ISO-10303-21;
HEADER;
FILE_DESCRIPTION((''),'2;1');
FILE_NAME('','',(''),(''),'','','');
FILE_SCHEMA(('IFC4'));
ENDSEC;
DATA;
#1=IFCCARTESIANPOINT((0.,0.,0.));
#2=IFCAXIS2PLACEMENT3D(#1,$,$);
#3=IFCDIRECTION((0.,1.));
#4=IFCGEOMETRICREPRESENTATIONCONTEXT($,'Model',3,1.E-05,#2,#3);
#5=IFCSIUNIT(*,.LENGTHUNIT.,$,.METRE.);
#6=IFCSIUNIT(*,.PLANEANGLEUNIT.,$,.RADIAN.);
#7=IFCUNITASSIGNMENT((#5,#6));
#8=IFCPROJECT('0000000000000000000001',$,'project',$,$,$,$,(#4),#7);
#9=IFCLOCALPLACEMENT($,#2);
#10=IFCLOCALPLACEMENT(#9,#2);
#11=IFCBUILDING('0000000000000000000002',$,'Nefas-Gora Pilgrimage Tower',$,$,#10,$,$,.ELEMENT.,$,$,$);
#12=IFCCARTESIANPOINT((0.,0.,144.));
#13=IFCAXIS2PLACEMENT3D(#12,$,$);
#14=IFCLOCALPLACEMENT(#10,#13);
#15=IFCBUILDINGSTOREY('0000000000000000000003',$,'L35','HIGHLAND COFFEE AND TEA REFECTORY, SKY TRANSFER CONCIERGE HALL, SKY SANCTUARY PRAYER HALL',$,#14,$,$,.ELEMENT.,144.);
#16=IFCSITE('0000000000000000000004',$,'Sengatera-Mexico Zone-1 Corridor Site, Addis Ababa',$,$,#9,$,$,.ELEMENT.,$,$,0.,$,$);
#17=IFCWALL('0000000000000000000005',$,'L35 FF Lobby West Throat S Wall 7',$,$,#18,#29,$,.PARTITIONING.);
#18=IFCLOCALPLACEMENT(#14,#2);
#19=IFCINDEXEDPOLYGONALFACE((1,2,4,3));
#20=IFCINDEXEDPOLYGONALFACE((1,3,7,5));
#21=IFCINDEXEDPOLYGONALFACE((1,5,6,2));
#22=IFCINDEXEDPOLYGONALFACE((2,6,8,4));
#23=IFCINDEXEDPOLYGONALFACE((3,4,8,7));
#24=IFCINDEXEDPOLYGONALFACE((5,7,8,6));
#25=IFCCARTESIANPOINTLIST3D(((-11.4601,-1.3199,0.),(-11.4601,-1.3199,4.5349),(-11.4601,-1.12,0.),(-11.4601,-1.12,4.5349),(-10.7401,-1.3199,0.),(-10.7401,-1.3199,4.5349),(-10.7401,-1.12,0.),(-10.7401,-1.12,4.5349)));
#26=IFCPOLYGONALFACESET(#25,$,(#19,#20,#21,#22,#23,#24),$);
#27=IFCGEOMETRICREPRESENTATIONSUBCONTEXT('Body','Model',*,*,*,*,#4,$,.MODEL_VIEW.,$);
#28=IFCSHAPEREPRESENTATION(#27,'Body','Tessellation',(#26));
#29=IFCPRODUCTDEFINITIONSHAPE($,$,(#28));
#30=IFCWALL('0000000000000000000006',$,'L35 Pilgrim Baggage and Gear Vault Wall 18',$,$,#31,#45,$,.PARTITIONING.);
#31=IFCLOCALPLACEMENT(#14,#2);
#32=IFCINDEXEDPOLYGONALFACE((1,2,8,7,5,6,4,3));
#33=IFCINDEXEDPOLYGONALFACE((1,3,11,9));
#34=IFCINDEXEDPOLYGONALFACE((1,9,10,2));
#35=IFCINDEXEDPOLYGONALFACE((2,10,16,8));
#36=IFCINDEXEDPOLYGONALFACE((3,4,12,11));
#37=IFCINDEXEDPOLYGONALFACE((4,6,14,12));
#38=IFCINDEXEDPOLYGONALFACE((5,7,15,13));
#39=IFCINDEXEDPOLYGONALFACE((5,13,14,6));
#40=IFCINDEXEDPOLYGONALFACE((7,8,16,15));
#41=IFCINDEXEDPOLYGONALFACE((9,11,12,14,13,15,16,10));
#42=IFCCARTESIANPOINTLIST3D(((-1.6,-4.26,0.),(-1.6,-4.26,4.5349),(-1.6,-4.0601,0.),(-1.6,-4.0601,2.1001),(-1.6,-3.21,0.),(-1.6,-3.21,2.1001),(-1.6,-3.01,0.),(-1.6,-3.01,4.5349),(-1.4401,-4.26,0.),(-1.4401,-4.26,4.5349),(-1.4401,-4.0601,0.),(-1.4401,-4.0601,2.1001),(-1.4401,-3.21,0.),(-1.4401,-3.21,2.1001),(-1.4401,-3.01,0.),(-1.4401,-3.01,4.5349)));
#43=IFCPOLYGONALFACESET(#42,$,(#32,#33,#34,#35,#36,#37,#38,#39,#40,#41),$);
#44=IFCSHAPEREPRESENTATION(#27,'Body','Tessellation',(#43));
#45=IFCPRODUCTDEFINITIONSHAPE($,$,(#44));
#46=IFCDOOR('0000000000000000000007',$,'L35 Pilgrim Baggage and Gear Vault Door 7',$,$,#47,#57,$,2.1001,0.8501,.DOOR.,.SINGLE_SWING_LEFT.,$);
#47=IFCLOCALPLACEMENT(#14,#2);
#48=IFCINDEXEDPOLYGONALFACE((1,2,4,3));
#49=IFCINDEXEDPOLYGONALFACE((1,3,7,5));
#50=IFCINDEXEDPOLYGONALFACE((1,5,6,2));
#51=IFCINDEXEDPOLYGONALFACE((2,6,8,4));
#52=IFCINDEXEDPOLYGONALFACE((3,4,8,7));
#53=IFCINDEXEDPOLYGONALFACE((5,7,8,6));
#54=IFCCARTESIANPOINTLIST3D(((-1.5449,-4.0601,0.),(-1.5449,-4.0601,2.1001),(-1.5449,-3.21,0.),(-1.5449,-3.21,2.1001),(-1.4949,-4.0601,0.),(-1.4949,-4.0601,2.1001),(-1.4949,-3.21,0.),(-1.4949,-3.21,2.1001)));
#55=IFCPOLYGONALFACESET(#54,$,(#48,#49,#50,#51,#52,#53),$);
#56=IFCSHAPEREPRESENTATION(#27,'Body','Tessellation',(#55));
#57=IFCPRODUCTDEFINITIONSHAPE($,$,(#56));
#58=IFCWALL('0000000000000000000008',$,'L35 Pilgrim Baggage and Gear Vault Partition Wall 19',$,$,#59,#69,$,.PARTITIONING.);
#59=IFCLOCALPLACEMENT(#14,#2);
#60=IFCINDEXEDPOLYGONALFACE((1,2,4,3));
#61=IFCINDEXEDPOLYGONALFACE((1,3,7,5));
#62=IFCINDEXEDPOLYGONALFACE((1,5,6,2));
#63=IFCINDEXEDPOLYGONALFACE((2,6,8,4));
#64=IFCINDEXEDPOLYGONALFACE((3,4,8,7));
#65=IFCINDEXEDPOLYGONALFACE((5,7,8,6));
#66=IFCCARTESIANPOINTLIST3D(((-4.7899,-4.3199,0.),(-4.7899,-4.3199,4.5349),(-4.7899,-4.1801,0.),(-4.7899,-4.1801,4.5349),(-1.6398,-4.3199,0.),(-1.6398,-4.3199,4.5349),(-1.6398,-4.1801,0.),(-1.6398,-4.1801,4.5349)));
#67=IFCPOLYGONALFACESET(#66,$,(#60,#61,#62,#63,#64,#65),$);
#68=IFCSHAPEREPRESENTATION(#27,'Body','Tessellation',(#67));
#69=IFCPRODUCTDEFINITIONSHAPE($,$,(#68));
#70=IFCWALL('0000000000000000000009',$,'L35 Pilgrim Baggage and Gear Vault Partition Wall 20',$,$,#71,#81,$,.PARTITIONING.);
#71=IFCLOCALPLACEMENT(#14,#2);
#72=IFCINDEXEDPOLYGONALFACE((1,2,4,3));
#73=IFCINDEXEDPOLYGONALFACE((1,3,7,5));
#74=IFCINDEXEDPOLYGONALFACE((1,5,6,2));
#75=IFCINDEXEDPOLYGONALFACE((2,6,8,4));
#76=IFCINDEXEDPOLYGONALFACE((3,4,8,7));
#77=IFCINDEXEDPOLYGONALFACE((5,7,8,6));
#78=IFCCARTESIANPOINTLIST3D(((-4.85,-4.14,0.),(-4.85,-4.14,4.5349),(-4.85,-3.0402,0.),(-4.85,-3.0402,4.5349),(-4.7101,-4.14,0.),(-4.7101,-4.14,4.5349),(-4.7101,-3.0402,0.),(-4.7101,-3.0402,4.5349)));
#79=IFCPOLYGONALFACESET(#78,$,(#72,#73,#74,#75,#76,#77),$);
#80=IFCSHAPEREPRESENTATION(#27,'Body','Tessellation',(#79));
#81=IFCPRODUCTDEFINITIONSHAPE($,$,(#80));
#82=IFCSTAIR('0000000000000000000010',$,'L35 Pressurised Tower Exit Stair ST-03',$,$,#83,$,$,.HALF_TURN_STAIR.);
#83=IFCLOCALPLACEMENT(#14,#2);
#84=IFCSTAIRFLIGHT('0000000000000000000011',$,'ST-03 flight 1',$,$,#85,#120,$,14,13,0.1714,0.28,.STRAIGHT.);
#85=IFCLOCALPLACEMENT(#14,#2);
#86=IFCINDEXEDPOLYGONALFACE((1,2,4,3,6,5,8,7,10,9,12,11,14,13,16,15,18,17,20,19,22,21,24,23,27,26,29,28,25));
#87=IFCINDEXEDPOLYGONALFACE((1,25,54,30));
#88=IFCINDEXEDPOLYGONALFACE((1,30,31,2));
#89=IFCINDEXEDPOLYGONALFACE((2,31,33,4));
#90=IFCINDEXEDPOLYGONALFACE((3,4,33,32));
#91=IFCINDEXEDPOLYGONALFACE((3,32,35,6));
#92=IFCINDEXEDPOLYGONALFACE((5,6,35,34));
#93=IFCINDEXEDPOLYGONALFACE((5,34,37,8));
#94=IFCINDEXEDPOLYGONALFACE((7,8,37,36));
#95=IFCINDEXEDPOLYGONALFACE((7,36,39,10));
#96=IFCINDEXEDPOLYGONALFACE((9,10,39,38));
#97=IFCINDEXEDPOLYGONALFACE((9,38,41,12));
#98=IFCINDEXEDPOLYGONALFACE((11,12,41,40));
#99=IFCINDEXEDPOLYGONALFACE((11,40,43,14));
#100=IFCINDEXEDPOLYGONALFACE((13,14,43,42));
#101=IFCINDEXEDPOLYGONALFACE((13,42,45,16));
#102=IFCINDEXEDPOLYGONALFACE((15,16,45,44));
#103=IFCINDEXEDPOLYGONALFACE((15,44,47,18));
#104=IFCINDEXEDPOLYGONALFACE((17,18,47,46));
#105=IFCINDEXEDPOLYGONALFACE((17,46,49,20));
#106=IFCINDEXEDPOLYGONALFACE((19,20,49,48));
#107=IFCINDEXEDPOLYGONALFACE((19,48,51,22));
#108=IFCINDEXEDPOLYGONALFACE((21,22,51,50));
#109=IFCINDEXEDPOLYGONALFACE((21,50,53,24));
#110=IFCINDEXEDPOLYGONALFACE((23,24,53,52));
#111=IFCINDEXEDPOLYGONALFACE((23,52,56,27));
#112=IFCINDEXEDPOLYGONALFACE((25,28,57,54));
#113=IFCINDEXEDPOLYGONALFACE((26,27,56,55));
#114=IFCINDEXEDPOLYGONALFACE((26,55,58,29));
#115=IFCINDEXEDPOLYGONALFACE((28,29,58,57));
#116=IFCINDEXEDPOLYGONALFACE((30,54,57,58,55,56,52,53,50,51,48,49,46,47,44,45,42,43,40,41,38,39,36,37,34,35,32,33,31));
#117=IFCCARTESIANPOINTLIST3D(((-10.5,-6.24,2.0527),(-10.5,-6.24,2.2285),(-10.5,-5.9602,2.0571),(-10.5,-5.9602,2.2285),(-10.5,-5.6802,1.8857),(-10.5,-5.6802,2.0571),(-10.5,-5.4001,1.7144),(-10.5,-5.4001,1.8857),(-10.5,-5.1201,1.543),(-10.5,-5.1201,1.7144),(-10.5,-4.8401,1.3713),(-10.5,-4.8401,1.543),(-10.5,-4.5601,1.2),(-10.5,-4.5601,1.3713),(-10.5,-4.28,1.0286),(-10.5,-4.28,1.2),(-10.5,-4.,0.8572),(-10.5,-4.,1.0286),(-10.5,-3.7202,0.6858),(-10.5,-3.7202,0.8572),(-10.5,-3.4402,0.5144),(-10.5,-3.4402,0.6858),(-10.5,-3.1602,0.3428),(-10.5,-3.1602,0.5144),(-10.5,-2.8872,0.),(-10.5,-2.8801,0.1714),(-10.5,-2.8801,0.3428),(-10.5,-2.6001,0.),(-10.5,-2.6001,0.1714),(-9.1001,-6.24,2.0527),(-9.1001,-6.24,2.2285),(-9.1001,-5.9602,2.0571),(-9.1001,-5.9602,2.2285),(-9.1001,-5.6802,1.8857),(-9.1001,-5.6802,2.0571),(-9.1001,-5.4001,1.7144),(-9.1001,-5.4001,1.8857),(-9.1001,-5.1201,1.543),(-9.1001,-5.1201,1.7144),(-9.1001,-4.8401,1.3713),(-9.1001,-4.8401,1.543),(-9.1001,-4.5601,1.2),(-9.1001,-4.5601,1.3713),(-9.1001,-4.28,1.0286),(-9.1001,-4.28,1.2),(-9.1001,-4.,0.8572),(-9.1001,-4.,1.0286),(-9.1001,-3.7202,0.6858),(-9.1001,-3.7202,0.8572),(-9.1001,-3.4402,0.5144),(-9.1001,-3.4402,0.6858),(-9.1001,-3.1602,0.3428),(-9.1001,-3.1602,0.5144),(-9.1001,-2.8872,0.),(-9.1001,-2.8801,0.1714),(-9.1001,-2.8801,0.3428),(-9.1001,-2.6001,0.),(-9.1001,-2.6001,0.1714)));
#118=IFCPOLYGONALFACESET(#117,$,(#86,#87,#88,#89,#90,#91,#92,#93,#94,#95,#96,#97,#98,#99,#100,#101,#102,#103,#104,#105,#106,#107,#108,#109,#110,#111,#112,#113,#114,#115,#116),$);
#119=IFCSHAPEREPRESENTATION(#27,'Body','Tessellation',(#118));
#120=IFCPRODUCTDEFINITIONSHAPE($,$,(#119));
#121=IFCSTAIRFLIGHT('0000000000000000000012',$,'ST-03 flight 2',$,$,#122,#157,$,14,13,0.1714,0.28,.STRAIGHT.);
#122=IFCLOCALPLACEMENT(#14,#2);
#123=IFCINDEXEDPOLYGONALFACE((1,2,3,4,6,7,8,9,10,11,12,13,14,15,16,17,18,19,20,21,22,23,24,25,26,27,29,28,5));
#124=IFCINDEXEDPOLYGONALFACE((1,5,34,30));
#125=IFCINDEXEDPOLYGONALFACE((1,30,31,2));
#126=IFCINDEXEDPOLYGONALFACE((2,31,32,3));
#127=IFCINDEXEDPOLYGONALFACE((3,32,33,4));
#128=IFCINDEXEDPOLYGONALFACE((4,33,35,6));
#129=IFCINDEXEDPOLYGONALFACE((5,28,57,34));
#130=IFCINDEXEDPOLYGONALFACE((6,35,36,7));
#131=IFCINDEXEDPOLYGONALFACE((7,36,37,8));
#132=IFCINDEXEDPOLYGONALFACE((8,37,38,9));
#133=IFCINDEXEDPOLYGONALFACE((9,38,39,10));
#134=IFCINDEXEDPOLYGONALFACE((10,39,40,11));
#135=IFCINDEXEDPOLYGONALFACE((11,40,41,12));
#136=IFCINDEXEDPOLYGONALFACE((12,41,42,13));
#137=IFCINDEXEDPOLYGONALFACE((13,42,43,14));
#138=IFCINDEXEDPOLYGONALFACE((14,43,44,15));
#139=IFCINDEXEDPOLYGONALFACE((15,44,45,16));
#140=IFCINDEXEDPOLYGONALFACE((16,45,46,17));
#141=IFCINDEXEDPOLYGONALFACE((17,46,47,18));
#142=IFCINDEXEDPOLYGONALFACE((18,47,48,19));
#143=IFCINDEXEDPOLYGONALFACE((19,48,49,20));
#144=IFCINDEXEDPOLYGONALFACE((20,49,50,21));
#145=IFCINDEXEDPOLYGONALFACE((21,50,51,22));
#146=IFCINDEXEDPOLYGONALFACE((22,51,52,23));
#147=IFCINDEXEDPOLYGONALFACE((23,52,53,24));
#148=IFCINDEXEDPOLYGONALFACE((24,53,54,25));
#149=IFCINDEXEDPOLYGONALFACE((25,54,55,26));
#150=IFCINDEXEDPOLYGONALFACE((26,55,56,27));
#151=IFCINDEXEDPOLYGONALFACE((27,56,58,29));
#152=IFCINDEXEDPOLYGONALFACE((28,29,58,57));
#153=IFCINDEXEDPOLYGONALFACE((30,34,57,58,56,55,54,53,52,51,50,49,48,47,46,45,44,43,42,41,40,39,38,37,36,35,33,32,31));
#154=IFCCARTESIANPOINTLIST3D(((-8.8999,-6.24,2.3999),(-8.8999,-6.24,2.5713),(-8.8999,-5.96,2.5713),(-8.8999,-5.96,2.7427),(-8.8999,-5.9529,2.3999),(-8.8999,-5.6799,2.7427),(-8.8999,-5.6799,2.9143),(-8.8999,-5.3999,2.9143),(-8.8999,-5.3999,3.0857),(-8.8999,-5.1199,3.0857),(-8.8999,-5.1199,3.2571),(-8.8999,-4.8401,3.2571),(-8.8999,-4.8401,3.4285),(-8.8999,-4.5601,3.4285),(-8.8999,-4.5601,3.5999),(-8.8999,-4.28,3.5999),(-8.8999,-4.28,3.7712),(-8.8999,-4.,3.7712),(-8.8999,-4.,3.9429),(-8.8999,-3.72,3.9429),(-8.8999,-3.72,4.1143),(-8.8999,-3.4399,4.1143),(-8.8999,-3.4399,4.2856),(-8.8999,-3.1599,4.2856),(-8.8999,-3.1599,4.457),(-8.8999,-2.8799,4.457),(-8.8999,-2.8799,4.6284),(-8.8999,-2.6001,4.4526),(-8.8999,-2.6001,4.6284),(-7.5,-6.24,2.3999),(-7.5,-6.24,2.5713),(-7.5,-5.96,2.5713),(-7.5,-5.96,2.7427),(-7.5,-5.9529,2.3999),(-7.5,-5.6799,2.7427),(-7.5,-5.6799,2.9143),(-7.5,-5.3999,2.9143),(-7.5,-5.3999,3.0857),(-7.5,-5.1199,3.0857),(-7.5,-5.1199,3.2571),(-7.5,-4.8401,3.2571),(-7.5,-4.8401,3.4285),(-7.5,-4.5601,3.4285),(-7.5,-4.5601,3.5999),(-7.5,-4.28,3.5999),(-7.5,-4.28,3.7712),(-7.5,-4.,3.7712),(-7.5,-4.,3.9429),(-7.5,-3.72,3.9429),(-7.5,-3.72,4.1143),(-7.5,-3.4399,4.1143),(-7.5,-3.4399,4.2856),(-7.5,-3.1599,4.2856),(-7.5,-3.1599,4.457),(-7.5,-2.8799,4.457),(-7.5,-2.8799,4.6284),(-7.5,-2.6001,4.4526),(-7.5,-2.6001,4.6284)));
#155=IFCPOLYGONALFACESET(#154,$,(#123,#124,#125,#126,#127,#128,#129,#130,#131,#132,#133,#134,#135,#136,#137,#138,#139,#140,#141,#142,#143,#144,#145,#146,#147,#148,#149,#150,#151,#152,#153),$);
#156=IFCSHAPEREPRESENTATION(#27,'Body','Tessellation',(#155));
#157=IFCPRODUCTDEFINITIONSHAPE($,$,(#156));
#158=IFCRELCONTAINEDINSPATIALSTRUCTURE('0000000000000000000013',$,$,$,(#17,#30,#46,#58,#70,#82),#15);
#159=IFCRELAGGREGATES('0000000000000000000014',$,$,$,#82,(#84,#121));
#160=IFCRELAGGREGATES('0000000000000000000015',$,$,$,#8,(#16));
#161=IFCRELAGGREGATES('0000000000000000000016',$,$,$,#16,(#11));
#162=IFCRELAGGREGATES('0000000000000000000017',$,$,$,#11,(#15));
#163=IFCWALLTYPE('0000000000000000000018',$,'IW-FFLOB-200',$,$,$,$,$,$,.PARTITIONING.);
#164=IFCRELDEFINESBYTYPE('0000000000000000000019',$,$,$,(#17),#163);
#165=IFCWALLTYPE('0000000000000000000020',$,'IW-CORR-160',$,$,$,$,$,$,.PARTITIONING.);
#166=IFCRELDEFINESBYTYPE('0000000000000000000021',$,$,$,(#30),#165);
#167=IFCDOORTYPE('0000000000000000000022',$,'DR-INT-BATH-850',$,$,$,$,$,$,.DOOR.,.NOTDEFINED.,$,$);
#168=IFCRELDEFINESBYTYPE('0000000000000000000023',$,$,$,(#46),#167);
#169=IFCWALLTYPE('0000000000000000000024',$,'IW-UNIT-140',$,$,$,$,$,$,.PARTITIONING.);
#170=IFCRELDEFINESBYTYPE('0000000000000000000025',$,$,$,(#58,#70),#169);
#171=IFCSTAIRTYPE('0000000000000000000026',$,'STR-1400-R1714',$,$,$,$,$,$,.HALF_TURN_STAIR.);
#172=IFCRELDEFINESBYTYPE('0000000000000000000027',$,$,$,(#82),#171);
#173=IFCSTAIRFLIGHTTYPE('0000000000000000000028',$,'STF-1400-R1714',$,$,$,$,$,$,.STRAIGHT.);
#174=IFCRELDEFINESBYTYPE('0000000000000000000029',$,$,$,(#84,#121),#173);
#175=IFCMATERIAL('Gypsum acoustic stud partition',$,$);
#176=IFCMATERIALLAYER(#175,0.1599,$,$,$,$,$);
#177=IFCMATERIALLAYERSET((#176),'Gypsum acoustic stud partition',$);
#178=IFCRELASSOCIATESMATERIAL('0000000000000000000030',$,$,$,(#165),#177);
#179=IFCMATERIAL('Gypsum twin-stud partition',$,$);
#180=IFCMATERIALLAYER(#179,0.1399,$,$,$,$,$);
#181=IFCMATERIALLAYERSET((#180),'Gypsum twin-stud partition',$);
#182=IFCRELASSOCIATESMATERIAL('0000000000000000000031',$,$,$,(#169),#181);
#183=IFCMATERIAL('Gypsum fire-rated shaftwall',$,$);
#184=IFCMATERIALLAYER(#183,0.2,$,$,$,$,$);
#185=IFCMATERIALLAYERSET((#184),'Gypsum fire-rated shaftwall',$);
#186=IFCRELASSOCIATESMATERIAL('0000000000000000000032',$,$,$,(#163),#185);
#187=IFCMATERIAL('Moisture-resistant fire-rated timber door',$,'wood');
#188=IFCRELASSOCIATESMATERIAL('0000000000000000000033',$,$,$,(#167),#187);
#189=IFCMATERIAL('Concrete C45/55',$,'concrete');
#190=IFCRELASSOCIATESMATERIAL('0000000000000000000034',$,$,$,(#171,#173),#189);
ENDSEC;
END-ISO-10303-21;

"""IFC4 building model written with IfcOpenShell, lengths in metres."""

from ifc_helpers import new_model, si_unit, direction, frame, frame_2d, origin, place, context, subcontext, project, spatial, polyline, rectangle, outline, extrude, source, transform, mapped, material, layer, layer_set, type_object, element, fill, aggregate, save


model = new_model("IFC4")

# Units and contexts
model_context = context("Model", 3, precision=1e-05, world=origin(), true_north=direction((0.0, 1.0)))
body_context = subcontext(model_context, "Body", "Model", "MODEL_VIEW")
ifc_project = project(units=[si_unit("LENGTHUNIT", "METRE"), si_unit("PLANEANGLEUNIT", "RADIAN")], contexts=[model_context])

# Site, building, storey
site_placement = place(None, origin())
site = spatial("IfcSite", under=ifc_project, at=site_placement, Name="Sengatera-Mexico Zone-1 Corridor Site, Addis Ababa", CompositionType="ELEMENT", RefElevation=0.0)
building_placement = place(site_placement, origin())
building = spatial("IfcBuilding", under=site, at=building_placement, Name="Nefas-Gora Pilgrimage Tower", CompositionType="ELEMENT")
storey_placement = place(building_placement, frame((0.0, 0.0, 144.0)))
storey = spatial("IfcBuildingStorey", under=building, at=storey_placement, Name="L35", Description="HIGHLAND COFFEE AND TEA REFECTORY, SKY TRANSFER CONCIERGE HALL, SKY SANCTUARY PRAYER HALL", CompositionType="ELEMENT", Elevation=144.0)

# Shared definitions
ifc_material_1 = material(Name="Concrete C45/55", Category="concrete")

# Wall
ifc_material_2 = material(Name="Gypsum acoustic stud partition")
ifc_layer_1 = layer(ifc_material_2, 0.1599)
ifc_layer_set_1 = layer_set([ifc_layer_1], Name="Gypsum acoustic stud partition")
wall_type_1 = type_object("IfcWallType", Name="IW-CORR-160", PredefinedType="PARTITIONING", material=ifc_layer_set_1)
ifc_material_3 = material(Name="Gypsum twin-stud partition")
ifc_layer_2 = layer(ifc_material_3, 0.1399)
ifc_layer_set_2 = layer_set([ifc_layer_2], Name="Gypsum twin-stud partition")
wall_type_2 = type_object("IfcWallType", Name="IW-UNIT-140", PredefinedType="PARTITIONING", material=ifc_layer_set_2)
ifc_material_4 = material(Name="Gypsum fire-rated shaftwall")
ifc_layer_3 = layer(ifc_material_4, 0.2)
ifc_layer_set_3 = layer_set([ifc_layer_3], Name="Gypsum fire-rated shaftwall")
wall_type_3 = type_object("IfcWallType", Name="IW-FFLOB-200", PredefinedType="PARTITIONING", material=ifc_layer_set_3)
shared_shape_1 = source(origin(), body_context, "Body", "SweptSolid", [
    extrude(rectangle(XDim=0.72, YDim=0.2, at=frame_2d((0.3599, 0.0))), origin(), (0.0, 0.0, 1.0), 4.5349),
])
wall_1_placement = place(storey_placement, frame((-11.46, -1.22, 0.0), z_axis=(0.0, 0.0, 1.0), x_axis=(1.0, 0.0, 0.0)))
element("IfcWall", 1, at=wall_1_placement, inside=storey, type_object=wall_type_3, Name="L35 FF Lobby West Throat S Wall 7", PredefinedType="PARTITIONING", context=body_context, shape_type="MappedRepresentation", body=[
    mapped(shared_shape_1, transform((0.0, 0.0, 0.0), x_axis=(1.0, 0.0, 0.0), y_axis=(0.0, 1.0, 0.0), z_axis=(0.0, 0.0, 1.0), scale=1.0)),
])

# Wall, opening, door
shared_shape_2 = source(origin(), body_context, "Body", "SweptSolid", [
    extrude(rectangle(XDim=1.25, YDim=0.1599, at=frame_2d((0.625, 0.0))), origin(), (0.0, 0.0, 1.0), 4.5349),
])
wall_2_placement = place(storey_placement, frame((-1.52, -4.26, 0.0), z_axis=(0.0, 0.0, 1.0), x_axis=(0.0, 1.0, 0.0)))
wall_2 = element("IfcWall", 2, at=wall_2_placement, inside=storey, type_object=wall_type_1, Name="L35 Pilgrim Baggage and Gear Vault Wall 18", PredefinedType="PARTITIONING", context=body_context, shape_type="MappedRepresentation", body=[
    mapped(shared_shape_2, transform((0.0, 0.0, 0.0), x_axis=(1.0, 0.0, 0.0), y_axis=(0.0, 1.0, 0.0), z_axis=(0.0, 0.0, 1.0), scale=1.0)),
])
opening_1_placement = place(wall_2_placement, frame((0.2, 0.0, 0.0)))
opening_1 = element("IfcOpeningElement", 3, at=opening_1_placement, cuts=wall_2, PredefinedType="OPENING", context=body_context, shape_type="SweptSolid", body=[
    extrude(rectangle(XDim=0.8501, YDim=2.1001, at=frame_2d((0.425, 1.05))), frame((0.0, 0.0898, 0.0), z_axis=(0.0, -1.0, 0.0), x_axis=(1.0, 0.0, 0.0)), (0.0, 0.0, 1.0), 0.1799),
])
ifc_material_5 = material(Name="Moisture-resistant fire-rated timber door", Category="wood")
door_type_1 = type_object("IfcDoorType", Name="DR-INT-BATH-850", OperationType="NOTDEFINED", PredefinedType="DOOR", material=ifc_material_5)
shared_shape_3 = source(origin(), body_context, "Body", "SweptSolid", [
    extrude(rectangle(XDim=0.8501, YDim=2.1001, at=frame_2d((0.425, 1.05))), frame((0.0, 0.0249, 0.0), z_axis=(0.0, -1.0, 0.0), x_axis=(1.0, 0.0, 0.0)), (0.0, 0.0, 1.0), 0.05),
])
door_1_placement = place(opening_1_placement, origin())
door_1 = element("IfcDoor", 4, at=door_1_placement, inside=storey, type_object=door_type_1, Name="L35 Pilgrim Baggage and Gear Vault Door 7", OperationType="SINGLE_SWING_LEFT", OverallHeight=2.1001, OverallWidth=0.8501, PredefinedType="DOOR", context=body_context, shape_type="MappedRepresentation", body=[
    mapped(shared_shape_3, transform((0.0, 0.0, 0.0), x_axis=(1.0, 0.0, 0.0), y_axis=(0.0, 1.0, 0.0), z_axis=(0.0, 0.0, 1.0), scale=1.0)),
])
fill(opening_1, door_1)

# Walls
shared_shape_4 = source(origin(), body_context, "Body", "SweptSolid", [
    extrude(rectangle(XDim=3.1501, YDim=0.1399, at=frame_2d((1.5752, 0.0))), origin(), (0.0, 0.0, 1.0), 4.5349),
])
wall_3_placement = place(storey_placement, frame((-4.79, -4.25, 0.0), z_axis=(0.0, 0.0, 1.0), x_axis=(1.0, 0.0, 0.0)))
element("IfcWall", 5, at=wall_3_placement, inside=storey, type_object=wall_type_2, Name="L35 Pilgrim Baggage and Gear Vault Partition Wall 19", PredefinedType="PARTITIONING", context=body_context, shape_type="MappedRepresentation", body=[
    mapped(shared_shape_4, transform((0.0, 0.0, 0.0), x_axis=(1.0, 0.0, 0.0), y_axis=(0.0, 1.0, 0.0), z_axis=(0.0, 0.0, 1.0), scale=1.0)),
])
shared_shape_5 = source(origin(), body_context, "Body", "SweptSolid", [
    extrude(rectangle(XDim=1.0999, YDim=0.1399, at=frame_2d((0.5498, 0.0))), origin(), (0.0, 0.0, 1.0), 4.5349),
])
wall_4_placement = place(storey_placement, frame((-4.78, -4.1399, 0.0), z_axis=(0.0, 0.0, 1.0), x_axis=(0.0, 1.0, 0.0)))
element("IfcWall", 6, at=wall_4_placement, inside=storey, type_object=wall_type_2, Name="L35 Pilgrim Baggage and Gear Vault Partition Wall 20", PredefinedType="PARTITIONING", context=body_context, shape_type="MappedRepresentation", body=[
    mapped(shared_shape_5, transform((0.0, 0.0, 0.0), x_axis=(1.0, 0.0, 0.0), y_axis=(0.0, 1.0, 0.0), z_axis=(0.0, 0.0, 1.0), scale=1.0)),
])

# Stair, stair flights
stair_type = type_object("IfcStairType", Name="STR-1400-R1714", PredefinedType="HALF_TURN_STAIR", material=ifc_material_1)
stair_placement = place(storey_placement, origin())
stair = element("IfcStair", 7, at=stair_placement, inside=storey, type_object=stair_type, Name="L35 Pressurised Tower Exit Stair ST-03", PredefinedType="HALF_TURN_STAIR")
stair_flight_type = type_object("IfcStairFlightType", Name="STF-1400-R1714", PredefinedType="STRAIGHT", material=ifc_material_1)
shared_shape_6 = source(origin(), body_context, "Body", "SweptSolid", [
    extrude(outline(polyline([(0.0, 0.0), (0.0, 0.1714), (0.28, 0.1714), (0.28, 0.3428), (0.5601, 0.3428), (0.5601, 0.5144), (0.8401, 0.5144), (0.8401, 0.6858), (1.1201, 0.6858), (1.1201, 0.8572), (1.3999, 0.8572), (1.3999, 1.0286), (1.6799, 1.0286), (1.6799, 1.2), (1.96, 1.2), (1.96, 1.3713), (2.24, 1.3713), (2.24, 1.543), (2.52, 1.543), (2.52, 1.7144), (2.8, 1.7144), (2.8, 1.8857), (3.0801, 1.8857), (3.0801, 2.0571), (3.3601, 2.0571), (3.3601, 2.2285), (3.6399, 2.2285), (3.6399, 2.3999), (3.6399, 2.0527), (0.2871, 0.0), (0.0, 0.0)])), frame((0.0, 0.7, 0.0), z_axis=(0.0, -1.0, 0.0), x_axis=(1.0, 0.0, 0.0)), (0.0, 0.0, 1.0), 1.3999),
])
stair_flight_1_placement = place(storey_placement, frame((-9.8, -2.6001, 0.0), z_axis=(0.0, 0.0, 1.0), x_axis=(0.0, -1.0, 0.0)))
stair_flight_1 = element("IfcStairFlight", 8, at=stair_flight_1_placement, type_object=stair_flight_type, Name="ST-03 flight 1", NumberOfRisers=14, NumberOfTreads=13, PredefinedType="STRAIGHT", RiserHeight=0.1714, TreadLength=0.28, context=body_context, shape_type="MappedRepresentation", body=[
    mapped(shared_shape_6, transform((0.0, 0.0, 0.0), x_axis=(1.0, 0.0, 0.0), y_axis=(0.0, 1.0, 0.0), z_axis=(0.0, 0.0, 1.0), scale=1.0)),
])
stair_flight_2_placement = place(storey_placement, frame((-8.2, -6.24, 2.3999), z_axis=(0.0, 0.0, 1.0), x_axis=(0.0, 1.0, 0.0)))
stair_flight_2 = element("IfcStairFlight", 9, at=stair_flight_2_placement, type_object=stair_flight_type, Name="ST-03 flight 2", NumberOfRisers=14, NumberOfTreads=13, PredefinedType="STRAIGHT", RiserHeight=0.1714, TreadLength=0.28, context=body_context, shape_type="MappedRepresentation", body=[
    mapped(shared_shape_6, transform((0.0, 0.0, 0.0), x_axis=(1.0, 0.0, 0.0), y_axis=(0.0, 1.0, 0.0), z_axis=(0.0, 0.0, 1.0), scale=1.0)),
])
aggregate(stair, [stair_flight_1, stair_flight_2])

save(model, "model.ifc")
